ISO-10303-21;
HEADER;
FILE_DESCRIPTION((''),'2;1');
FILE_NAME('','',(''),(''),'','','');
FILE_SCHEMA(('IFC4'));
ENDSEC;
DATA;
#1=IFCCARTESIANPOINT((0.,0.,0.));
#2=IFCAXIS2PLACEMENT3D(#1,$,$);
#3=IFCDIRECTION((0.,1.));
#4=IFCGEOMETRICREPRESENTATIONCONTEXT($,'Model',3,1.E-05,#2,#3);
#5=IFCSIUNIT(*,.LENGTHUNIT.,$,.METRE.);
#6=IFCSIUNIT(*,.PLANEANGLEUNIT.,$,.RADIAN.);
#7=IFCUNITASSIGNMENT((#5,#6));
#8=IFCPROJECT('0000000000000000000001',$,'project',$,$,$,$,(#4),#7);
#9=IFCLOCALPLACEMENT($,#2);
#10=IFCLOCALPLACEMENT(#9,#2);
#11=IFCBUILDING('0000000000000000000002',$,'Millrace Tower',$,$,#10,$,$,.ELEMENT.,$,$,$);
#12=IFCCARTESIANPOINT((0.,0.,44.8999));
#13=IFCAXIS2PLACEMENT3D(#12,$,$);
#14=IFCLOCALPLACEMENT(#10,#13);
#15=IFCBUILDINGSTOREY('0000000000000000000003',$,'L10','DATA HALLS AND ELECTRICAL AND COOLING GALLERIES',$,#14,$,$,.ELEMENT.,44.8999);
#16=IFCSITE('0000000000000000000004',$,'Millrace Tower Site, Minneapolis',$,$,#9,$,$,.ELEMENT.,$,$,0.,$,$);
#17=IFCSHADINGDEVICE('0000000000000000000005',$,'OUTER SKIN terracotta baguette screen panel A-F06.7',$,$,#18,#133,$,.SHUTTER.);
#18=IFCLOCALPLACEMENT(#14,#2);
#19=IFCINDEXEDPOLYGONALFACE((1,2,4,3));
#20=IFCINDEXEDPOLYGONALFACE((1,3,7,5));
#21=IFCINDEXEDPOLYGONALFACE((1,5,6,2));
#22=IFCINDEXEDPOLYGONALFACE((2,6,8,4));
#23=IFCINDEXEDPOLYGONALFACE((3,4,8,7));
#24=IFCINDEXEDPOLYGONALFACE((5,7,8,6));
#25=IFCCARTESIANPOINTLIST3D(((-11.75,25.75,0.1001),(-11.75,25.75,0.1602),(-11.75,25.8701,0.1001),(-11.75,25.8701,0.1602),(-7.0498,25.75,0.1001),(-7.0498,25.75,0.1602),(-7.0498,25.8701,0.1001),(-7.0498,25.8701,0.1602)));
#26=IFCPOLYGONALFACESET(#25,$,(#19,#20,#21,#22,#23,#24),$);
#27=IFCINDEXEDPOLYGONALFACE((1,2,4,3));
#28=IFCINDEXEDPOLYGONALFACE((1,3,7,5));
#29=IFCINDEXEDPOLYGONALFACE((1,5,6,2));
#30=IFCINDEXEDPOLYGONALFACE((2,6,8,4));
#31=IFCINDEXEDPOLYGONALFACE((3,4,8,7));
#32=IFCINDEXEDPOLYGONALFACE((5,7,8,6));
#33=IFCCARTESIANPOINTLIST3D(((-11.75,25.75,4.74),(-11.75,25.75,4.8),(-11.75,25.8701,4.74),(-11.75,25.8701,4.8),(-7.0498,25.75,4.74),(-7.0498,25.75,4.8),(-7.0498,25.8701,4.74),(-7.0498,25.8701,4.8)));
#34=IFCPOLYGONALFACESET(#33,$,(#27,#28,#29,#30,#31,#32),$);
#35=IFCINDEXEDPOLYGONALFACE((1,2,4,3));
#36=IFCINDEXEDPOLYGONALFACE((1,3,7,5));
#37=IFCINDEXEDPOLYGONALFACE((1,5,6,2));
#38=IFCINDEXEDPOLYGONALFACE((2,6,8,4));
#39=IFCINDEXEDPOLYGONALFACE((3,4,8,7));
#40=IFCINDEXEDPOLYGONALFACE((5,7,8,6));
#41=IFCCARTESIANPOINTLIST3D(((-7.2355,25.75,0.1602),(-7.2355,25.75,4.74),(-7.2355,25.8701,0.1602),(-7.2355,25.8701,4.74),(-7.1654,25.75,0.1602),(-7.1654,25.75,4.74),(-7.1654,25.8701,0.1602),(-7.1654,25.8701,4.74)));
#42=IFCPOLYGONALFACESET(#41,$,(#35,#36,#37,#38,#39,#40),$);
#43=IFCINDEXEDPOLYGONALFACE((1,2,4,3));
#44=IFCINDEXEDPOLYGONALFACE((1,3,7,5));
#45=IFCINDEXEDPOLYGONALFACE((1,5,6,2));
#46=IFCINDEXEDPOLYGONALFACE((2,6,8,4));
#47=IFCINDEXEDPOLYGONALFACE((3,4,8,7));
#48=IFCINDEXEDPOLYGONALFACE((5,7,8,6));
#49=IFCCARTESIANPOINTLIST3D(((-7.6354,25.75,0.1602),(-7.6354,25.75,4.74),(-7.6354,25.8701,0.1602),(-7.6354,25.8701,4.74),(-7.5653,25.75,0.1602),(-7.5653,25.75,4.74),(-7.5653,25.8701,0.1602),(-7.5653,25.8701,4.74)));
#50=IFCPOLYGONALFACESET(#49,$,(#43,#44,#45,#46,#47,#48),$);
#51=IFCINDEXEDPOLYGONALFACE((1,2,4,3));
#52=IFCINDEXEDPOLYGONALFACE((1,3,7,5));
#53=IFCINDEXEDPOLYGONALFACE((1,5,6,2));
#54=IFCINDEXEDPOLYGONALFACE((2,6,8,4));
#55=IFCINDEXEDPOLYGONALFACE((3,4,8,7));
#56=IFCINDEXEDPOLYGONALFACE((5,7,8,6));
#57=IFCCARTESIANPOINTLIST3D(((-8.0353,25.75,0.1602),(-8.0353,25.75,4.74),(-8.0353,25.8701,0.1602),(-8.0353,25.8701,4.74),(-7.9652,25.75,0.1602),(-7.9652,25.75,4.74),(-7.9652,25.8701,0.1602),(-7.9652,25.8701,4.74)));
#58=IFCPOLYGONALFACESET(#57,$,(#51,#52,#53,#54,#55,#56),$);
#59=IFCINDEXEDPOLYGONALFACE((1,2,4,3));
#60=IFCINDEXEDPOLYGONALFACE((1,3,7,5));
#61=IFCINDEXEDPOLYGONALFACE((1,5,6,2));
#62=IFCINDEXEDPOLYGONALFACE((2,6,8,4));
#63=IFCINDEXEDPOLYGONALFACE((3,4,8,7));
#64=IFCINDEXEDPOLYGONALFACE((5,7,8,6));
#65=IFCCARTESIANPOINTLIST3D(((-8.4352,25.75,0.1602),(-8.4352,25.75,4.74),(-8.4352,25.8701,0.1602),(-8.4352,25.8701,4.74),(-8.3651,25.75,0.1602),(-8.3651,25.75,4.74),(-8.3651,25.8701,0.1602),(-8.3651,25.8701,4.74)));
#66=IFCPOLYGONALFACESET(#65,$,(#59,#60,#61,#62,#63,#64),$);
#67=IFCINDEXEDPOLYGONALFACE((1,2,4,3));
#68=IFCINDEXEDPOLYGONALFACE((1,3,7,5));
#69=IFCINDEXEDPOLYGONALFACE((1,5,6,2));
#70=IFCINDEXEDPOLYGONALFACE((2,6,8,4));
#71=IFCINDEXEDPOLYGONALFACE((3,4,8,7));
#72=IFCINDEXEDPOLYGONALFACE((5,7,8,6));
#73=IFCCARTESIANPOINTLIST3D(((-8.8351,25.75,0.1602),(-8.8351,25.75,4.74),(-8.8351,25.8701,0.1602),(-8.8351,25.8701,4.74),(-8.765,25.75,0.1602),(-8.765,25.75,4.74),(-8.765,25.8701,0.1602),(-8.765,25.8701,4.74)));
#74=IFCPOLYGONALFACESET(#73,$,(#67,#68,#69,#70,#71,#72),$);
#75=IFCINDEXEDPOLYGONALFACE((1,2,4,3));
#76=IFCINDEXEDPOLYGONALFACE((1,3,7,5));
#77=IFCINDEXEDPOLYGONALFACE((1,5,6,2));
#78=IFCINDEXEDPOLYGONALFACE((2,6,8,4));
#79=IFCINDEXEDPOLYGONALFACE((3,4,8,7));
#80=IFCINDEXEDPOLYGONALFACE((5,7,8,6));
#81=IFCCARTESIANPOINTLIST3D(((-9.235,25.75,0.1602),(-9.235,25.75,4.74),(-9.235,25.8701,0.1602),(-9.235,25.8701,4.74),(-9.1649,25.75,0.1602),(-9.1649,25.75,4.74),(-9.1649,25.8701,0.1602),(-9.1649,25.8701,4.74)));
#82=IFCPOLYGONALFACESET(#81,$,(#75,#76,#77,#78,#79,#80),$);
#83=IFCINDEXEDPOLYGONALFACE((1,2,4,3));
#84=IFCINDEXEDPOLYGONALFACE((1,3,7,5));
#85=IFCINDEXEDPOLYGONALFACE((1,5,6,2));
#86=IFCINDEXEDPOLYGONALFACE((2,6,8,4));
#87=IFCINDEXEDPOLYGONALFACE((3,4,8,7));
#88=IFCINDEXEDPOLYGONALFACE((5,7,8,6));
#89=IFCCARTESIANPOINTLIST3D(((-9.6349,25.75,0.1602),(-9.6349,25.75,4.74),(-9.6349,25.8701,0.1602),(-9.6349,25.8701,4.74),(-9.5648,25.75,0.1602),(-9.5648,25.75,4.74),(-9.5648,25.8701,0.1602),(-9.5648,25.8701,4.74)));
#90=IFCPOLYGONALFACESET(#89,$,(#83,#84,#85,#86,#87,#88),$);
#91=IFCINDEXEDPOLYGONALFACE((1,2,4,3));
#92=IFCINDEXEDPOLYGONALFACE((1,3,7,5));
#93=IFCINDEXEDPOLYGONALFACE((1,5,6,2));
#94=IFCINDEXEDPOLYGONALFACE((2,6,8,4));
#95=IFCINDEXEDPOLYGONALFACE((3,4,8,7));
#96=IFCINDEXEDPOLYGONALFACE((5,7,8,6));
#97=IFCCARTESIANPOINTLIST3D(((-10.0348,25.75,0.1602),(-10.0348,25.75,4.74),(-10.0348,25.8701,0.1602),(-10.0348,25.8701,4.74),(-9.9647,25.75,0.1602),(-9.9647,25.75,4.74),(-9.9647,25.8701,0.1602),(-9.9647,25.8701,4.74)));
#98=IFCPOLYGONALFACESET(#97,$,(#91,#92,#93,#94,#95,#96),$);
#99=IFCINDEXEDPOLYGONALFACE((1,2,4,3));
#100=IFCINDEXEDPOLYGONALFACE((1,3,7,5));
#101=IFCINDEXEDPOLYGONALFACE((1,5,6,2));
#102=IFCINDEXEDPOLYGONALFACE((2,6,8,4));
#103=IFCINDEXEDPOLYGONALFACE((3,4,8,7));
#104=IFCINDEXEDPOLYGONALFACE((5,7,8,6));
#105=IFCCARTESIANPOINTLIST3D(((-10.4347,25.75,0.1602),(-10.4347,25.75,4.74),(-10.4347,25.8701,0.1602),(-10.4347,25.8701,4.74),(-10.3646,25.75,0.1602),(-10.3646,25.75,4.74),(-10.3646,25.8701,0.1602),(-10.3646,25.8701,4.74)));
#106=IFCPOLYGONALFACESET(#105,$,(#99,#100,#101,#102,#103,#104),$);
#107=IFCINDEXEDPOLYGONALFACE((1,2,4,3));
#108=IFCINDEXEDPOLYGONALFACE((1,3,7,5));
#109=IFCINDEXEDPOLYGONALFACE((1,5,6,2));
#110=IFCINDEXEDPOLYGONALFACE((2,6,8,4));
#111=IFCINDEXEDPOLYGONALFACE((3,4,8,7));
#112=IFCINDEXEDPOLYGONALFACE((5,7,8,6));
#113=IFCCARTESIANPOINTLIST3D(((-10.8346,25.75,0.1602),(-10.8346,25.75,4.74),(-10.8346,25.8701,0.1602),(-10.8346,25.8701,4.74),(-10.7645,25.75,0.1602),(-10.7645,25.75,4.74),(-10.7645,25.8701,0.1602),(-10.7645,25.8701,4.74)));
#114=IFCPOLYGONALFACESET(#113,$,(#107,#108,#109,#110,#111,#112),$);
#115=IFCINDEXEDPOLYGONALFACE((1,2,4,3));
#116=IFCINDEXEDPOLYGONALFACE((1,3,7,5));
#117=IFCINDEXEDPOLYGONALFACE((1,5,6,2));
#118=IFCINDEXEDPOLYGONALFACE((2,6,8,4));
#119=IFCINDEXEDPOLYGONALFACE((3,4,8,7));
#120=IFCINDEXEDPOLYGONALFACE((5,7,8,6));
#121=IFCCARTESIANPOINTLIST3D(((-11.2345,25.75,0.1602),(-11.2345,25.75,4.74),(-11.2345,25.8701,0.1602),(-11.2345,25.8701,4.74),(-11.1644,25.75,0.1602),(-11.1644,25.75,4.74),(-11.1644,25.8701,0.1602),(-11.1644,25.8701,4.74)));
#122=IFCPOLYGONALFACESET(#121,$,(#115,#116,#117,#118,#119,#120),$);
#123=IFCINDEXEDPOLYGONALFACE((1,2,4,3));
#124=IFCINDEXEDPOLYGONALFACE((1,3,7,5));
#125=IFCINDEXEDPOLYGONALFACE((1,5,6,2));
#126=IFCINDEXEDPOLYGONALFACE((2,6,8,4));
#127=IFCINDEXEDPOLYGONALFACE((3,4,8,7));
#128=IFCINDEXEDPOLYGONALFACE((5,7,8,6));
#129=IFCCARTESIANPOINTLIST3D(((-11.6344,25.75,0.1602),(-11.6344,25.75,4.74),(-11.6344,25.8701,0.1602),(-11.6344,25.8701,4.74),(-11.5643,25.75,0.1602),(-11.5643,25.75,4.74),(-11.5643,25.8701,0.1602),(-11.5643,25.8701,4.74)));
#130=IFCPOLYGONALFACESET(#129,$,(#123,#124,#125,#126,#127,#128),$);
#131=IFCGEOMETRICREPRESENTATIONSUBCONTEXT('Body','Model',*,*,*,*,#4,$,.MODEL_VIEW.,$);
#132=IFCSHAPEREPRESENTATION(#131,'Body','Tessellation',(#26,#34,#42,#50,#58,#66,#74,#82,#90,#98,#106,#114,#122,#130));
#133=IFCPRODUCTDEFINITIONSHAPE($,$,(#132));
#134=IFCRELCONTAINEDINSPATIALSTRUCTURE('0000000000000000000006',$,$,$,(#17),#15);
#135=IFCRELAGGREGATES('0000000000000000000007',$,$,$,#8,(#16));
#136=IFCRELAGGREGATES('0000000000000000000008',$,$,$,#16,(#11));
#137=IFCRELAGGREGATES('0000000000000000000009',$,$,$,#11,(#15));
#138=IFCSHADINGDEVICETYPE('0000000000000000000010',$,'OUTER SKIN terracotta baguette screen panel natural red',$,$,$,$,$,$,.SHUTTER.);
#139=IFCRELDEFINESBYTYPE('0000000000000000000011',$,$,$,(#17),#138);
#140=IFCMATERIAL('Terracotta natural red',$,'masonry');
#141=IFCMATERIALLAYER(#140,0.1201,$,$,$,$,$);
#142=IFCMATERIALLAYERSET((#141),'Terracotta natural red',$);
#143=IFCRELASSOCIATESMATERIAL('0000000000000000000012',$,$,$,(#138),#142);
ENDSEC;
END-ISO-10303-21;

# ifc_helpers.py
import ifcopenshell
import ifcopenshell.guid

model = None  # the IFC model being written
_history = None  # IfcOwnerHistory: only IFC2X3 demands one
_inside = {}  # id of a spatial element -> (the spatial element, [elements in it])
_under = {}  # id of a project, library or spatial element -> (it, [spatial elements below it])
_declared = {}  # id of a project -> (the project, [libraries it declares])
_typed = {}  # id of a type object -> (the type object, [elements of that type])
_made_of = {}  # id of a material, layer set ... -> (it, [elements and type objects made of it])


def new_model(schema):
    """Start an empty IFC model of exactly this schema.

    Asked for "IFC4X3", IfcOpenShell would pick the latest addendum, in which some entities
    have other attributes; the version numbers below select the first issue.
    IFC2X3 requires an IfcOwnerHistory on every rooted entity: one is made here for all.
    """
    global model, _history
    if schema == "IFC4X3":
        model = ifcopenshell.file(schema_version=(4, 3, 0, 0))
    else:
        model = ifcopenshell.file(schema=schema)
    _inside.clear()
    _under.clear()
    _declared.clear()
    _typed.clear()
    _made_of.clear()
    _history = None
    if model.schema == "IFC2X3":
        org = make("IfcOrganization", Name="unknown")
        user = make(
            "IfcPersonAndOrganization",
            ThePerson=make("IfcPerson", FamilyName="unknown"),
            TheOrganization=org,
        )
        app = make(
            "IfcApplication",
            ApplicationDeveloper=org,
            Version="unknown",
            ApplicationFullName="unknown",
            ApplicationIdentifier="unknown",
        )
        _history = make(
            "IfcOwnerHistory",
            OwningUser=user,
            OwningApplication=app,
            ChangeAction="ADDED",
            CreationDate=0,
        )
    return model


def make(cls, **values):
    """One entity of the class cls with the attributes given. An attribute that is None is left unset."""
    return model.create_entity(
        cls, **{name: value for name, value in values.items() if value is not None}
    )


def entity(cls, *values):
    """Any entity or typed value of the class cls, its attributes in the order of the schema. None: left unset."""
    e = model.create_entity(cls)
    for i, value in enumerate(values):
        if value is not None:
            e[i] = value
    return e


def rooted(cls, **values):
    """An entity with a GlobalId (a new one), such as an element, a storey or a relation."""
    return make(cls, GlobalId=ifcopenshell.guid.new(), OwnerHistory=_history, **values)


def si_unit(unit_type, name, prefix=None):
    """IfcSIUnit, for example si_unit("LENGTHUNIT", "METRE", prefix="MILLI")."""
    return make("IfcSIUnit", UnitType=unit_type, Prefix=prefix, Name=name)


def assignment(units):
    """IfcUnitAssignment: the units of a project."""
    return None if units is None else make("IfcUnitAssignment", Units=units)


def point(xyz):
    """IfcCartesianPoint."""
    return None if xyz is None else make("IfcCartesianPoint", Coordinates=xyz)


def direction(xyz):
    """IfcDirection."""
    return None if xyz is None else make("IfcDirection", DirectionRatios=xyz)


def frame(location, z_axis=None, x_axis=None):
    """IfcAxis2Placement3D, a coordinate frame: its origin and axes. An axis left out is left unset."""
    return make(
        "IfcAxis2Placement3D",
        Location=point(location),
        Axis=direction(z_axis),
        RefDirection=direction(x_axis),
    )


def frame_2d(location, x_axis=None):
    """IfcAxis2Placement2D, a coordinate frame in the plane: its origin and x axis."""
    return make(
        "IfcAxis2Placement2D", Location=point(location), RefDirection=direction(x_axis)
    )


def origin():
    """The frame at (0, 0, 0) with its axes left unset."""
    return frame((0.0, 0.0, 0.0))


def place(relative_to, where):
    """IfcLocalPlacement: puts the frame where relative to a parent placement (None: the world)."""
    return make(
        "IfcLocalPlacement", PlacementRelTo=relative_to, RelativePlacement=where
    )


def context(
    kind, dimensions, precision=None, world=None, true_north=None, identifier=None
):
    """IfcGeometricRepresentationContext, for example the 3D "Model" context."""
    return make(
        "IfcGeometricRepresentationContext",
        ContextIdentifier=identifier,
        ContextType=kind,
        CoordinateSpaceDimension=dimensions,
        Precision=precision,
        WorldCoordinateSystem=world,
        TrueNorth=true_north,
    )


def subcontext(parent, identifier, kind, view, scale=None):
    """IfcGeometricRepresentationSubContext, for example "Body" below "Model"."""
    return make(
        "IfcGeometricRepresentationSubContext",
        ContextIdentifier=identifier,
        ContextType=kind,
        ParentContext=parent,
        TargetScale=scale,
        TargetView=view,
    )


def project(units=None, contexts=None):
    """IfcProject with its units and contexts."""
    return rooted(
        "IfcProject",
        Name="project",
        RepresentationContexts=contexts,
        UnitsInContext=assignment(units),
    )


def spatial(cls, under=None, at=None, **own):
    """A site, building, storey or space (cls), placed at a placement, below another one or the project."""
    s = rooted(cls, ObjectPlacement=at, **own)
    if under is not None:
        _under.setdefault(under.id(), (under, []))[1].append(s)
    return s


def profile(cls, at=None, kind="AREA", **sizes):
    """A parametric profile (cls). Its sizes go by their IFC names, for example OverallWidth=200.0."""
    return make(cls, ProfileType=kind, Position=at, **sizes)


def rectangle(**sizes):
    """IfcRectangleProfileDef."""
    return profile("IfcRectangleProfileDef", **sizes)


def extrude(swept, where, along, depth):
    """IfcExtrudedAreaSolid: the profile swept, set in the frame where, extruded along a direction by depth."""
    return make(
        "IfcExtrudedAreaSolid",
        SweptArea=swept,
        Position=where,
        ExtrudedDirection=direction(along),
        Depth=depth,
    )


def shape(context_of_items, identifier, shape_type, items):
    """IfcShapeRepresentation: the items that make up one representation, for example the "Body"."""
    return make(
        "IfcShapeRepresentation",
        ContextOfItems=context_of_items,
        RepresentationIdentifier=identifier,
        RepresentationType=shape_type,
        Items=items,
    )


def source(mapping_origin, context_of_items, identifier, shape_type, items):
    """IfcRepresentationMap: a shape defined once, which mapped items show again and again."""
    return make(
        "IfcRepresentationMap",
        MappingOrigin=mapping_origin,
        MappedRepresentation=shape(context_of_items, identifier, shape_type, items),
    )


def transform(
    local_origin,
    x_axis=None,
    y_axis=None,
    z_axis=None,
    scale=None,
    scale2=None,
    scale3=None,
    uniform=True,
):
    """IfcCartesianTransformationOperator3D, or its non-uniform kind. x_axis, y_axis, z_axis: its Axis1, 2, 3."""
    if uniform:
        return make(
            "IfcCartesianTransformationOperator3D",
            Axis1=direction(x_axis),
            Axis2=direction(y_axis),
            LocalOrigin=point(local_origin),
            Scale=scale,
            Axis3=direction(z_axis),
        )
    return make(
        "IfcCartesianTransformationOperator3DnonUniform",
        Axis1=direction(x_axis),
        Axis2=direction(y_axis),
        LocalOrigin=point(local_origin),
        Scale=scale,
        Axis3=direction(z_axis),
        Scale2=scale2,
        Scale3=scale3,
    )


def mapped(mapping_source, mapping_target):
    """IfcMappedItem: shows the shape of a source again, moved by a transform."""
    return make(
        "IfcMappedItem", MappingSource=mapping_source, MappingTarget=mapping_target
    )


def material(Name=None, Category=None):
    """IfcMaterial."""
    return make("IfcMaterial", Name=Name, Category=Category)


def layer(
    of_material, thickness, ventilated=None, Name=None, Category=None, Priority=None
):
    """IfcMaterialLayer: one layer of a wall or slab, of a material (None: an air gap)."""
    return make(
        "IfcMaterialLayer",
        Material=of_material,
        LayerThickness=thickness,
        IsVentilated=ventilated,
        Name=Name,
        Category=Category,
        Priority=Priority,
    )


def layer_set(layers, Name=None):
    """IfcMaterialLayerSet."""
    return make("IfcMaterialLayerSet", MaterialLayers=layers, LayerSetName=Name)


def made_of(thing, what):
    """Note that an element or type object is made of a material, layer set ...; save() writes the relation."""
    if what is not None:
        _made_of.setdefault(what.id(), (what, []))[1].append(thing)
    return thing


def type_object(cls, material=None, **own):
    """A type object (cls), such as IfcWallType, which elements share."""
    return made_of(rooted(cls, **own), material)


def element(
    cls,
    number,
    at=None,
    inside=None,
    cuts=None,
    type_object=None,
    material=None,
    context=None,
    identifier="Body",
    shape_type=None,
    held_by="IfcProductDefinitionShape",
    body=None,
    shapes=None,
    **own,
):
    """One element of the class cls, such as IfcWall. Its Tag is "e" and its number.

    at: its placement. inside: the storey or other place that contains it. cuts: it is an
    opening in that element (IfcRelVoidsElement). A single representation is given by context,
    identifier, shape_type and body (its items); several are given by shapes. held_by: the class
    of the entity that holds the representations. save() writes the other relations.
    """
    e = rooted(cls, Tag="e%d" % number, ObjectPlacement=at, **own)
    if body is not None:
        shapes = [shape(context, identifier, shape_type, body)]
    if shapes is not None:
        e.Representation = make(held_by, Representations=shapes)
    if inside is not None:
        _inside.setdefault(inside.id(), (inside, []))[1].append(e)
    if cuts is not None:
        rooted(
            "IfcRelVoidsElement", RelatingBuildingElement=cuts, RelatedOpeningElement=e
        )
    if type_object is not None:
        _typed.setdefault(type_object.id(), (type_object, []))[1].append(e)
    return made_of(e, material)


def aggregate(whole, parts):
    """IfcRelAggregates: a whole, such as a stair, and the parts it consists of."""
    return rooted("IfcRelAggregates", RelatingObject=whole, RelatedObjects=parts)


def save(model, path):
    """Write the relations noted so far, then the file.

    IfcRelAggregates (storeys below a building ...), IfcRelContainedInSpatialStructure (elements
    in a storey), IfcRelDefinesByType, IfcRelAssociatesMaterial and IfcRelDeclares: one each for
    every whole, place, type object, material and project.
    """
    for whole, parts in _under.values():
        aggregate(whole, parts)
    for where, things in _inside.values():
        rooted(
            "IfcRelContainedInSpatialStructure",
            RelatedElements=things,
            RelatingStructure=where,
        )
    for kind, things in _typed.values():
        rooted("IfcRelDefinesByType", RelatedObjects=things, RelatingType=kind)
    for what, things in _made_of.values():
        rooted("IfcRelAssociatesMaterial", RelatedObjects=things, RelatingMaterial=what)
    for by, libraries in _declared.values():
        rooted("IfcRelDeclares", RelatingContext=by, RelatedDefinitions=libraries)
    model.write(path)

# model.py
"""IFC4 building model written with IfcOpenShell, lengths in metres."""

from ifc_helpers import new_model, entity, si_unit, direction, frame, frame_2d, origin, place, context, subcontext, project, spatial, rectangle, extrude, source, transform, mapped, material, layer, layer_set, type_object, element, save


model = new_model("IFC4")

# Units and contexts
model_context = context("Model", 3, precision=1e-05, world=origin(), true_north=direction((0.0, 1.0)))
body_context = subcontext(model_context, "Body", "Model", "MODEL_VIEW")
ifc_project = project(units=[si_unit("LENGTHUNIT", "METRE"), si_unit("PLANEANGLEUNIT", "RADIAN")], contexts=[model_context])

# Site, building, storey
site_placement = place(None, origin())
site = spatial("IfcSite", under=ifc_project, at=site_placement, Name="Millrace Tower Site, Minneapolis", CompositionType="ELEMENT", RefElevation=0.0)
building_placement = place(site_placement, origin())
building = spatial("IfcBuilding", under=site, at=building_placement, Name="Millrace Tower", CompositionType="ELEMENT")
storey_placement = place(building_placement, frame((0.0, 0.0, 44.8999)))
storey = spatial("IfcBuildingStorey", under=building, at=storey_placement, Name="L10", Description="DATA HALLS AND ELECTRICAL AND COOLING GALLERIES", CompositionType="ELEMENT", Elevation=44.8999)

# Shading device
ifc_material_1 = material(Name="Terracotta natural red", Category="masonry")
ifc_layer_1 = layer(ifc_material_1, 0.1201)
ifc_layer_set_1 = layer_set([ifc_layer_1], Name="Terracotta natural red")
shading_device_type = type_object("IfcShadingDeviceType", Name="OUTER SKIN terracotta baguette screen panel natural red", PredefinedType="SHUTTER", material=ifc_layer_set_1)
cartesian_point = entity("IfcCartesianPoint", [-2.3501, 0.0601])
shared_polyline = entity("IfcPolyline", [cartesian_point, entity("IfcCartesianPoint", [2.3501, 0.0601]), entity("IfcCartesianPoint", [2.3501, -0.0601]), entity("IfcCartesianPoint", [-2.3501, -0.0601]), cartesian_point])
shared_shape = source(origin(), body_context, "Body", "SweptSolid", [
    entity("IfcExtrudedAreaSolid", entity("IfcArbitraryClosedProfileDef", "AREA", None, shared_polyline), entity("IfcAxis2Placement3D", entity("IfcCartesianPoint", [0.0, 0.0, 0.0])), entity("IfcDirection", [0.0, 0.0, 1.0]), 0.0601),
    entity("IfcExtrudedAreaSolid", entity("IfcArbitraryClosedProfileDef", "AREA", None, shared_polyline), entity("IfcAxis2Placement3D", entity("IfcCartesianPoint", [0.0, 0.0, 4.6399])), entity("IfcDirection", [0.0, 0.0, 1.0]), 0.0601),
    extrude(rectangle(XDim=0.0701, YDim=0.1201, at=frame_2d((-2.1995, 0.0))), frame((0.0, 0.0, 0.0601)), (0.0, 0.0, 1.0), 4.5798),
    extrude(rectangle(XDim=0.0701, YDim=0.1201, at=frame_2d((-1.7996, 0.0))), frame((0.0, 0.0, 0.0601)), (0.0, 0.0, 1.0), 4.5798),
    extrude(rectangle(XDim=0.0701, YDim=0.1201, at=frame_2d((-1.3997, 0.0))), frame((0.0, 0.0, 0.0601)), (0.0, 0.0, 1.0), 4.5798),
    extrude(rectangle(XDim=0.0701, YDim=0.1201, at=frame_2d((-0.9998, 0.0))), frame((0.0, 0.0, 0.0601)), (0.0, 0.0, 1.0), 4.5798),
    extrude(rectangle(XDim=0.0701, YDim=0.1201, at=frame_2d((-0.5999, 0.0))), frame((0.0, 0.0, 0.0601)), (0.0, 0.0, 1.0), 4.5798),
    extrude(rectangle(XDim=0.0701, YDim=0.1201, at=frame_2d((-0.2, 0.0))), frame((0.0, 0.0, 0.0601)), (0.0, 0.0, 1.0), 4.5798),
    extrude(rectangle(XDim=0.0701, YDim=0.1201, at=frame_2d((0.2, 0.0))), frame((0.0, 0.0, 0.0601)), (0.0, 0.0, 1.0), 4.5798),
    extrude(rectangle(XDim=0.0701, YDim=0.1201, at=frame_2d((0.5999, 0.0))), frame((0.0, 0.0, 0.0601)), (0.0, 0.0, 1.0), 4.5798),
    extrude(rectangle(XDim=0.0701, YDim=0.1201, at=frame_2d((0.9998, 0.0))), frame((0.0, 0.0, 0.0601)), (0.0, 0.0, 1.0), 4.5798),
    extrude(rectangle(XDim=0.0701, YDim=0.1201, at=frame_2d((1.3997, 0.0))), frame((0.0, 0.0, 0.0601)), (0.0, 0.0, 1.0), 4.5798),
    extrude(rectangle(XDim=0.0701, YDim=0.1201, at=frame_2d((1.7996, 0.0))), frame((0.0, 0.0, 0.0601)), (0.0, 0.0, 1.0), 4.5798),
    extrude(rectangle(XDim=0.0701, YDim=0.1201, at=frame_2d((2.1995, 0.0))), frame((0.0, 0.0, 0.0601)), (0.0, 0.0, 1.0), 4.5798),
])
for number, where, z_axis, x_axis, name in (
    (1, (-9.3999, 25.8101, 0.1001), (0.0, 0.0, 1.0), (-1.0, 0.0, 0.0), "OUTER SKIN terracotta baguette screen panel A-F06.7"),
):
    element("IfcShadingDevice", number, at=place(storey_placement, frame(where, z_axis=z_axis, x_axis=x_axis)), inside=storey, type_object=shading_device_type, Name=name, PredefinedType="SHUTTER", context=body_context, shape_type="MappedRepresentation", body=[
        mapped(shared_shape, transform((0.0, 0.0, 0.0), scale=1.0)),
    ])

save(model, "model.ifc")
